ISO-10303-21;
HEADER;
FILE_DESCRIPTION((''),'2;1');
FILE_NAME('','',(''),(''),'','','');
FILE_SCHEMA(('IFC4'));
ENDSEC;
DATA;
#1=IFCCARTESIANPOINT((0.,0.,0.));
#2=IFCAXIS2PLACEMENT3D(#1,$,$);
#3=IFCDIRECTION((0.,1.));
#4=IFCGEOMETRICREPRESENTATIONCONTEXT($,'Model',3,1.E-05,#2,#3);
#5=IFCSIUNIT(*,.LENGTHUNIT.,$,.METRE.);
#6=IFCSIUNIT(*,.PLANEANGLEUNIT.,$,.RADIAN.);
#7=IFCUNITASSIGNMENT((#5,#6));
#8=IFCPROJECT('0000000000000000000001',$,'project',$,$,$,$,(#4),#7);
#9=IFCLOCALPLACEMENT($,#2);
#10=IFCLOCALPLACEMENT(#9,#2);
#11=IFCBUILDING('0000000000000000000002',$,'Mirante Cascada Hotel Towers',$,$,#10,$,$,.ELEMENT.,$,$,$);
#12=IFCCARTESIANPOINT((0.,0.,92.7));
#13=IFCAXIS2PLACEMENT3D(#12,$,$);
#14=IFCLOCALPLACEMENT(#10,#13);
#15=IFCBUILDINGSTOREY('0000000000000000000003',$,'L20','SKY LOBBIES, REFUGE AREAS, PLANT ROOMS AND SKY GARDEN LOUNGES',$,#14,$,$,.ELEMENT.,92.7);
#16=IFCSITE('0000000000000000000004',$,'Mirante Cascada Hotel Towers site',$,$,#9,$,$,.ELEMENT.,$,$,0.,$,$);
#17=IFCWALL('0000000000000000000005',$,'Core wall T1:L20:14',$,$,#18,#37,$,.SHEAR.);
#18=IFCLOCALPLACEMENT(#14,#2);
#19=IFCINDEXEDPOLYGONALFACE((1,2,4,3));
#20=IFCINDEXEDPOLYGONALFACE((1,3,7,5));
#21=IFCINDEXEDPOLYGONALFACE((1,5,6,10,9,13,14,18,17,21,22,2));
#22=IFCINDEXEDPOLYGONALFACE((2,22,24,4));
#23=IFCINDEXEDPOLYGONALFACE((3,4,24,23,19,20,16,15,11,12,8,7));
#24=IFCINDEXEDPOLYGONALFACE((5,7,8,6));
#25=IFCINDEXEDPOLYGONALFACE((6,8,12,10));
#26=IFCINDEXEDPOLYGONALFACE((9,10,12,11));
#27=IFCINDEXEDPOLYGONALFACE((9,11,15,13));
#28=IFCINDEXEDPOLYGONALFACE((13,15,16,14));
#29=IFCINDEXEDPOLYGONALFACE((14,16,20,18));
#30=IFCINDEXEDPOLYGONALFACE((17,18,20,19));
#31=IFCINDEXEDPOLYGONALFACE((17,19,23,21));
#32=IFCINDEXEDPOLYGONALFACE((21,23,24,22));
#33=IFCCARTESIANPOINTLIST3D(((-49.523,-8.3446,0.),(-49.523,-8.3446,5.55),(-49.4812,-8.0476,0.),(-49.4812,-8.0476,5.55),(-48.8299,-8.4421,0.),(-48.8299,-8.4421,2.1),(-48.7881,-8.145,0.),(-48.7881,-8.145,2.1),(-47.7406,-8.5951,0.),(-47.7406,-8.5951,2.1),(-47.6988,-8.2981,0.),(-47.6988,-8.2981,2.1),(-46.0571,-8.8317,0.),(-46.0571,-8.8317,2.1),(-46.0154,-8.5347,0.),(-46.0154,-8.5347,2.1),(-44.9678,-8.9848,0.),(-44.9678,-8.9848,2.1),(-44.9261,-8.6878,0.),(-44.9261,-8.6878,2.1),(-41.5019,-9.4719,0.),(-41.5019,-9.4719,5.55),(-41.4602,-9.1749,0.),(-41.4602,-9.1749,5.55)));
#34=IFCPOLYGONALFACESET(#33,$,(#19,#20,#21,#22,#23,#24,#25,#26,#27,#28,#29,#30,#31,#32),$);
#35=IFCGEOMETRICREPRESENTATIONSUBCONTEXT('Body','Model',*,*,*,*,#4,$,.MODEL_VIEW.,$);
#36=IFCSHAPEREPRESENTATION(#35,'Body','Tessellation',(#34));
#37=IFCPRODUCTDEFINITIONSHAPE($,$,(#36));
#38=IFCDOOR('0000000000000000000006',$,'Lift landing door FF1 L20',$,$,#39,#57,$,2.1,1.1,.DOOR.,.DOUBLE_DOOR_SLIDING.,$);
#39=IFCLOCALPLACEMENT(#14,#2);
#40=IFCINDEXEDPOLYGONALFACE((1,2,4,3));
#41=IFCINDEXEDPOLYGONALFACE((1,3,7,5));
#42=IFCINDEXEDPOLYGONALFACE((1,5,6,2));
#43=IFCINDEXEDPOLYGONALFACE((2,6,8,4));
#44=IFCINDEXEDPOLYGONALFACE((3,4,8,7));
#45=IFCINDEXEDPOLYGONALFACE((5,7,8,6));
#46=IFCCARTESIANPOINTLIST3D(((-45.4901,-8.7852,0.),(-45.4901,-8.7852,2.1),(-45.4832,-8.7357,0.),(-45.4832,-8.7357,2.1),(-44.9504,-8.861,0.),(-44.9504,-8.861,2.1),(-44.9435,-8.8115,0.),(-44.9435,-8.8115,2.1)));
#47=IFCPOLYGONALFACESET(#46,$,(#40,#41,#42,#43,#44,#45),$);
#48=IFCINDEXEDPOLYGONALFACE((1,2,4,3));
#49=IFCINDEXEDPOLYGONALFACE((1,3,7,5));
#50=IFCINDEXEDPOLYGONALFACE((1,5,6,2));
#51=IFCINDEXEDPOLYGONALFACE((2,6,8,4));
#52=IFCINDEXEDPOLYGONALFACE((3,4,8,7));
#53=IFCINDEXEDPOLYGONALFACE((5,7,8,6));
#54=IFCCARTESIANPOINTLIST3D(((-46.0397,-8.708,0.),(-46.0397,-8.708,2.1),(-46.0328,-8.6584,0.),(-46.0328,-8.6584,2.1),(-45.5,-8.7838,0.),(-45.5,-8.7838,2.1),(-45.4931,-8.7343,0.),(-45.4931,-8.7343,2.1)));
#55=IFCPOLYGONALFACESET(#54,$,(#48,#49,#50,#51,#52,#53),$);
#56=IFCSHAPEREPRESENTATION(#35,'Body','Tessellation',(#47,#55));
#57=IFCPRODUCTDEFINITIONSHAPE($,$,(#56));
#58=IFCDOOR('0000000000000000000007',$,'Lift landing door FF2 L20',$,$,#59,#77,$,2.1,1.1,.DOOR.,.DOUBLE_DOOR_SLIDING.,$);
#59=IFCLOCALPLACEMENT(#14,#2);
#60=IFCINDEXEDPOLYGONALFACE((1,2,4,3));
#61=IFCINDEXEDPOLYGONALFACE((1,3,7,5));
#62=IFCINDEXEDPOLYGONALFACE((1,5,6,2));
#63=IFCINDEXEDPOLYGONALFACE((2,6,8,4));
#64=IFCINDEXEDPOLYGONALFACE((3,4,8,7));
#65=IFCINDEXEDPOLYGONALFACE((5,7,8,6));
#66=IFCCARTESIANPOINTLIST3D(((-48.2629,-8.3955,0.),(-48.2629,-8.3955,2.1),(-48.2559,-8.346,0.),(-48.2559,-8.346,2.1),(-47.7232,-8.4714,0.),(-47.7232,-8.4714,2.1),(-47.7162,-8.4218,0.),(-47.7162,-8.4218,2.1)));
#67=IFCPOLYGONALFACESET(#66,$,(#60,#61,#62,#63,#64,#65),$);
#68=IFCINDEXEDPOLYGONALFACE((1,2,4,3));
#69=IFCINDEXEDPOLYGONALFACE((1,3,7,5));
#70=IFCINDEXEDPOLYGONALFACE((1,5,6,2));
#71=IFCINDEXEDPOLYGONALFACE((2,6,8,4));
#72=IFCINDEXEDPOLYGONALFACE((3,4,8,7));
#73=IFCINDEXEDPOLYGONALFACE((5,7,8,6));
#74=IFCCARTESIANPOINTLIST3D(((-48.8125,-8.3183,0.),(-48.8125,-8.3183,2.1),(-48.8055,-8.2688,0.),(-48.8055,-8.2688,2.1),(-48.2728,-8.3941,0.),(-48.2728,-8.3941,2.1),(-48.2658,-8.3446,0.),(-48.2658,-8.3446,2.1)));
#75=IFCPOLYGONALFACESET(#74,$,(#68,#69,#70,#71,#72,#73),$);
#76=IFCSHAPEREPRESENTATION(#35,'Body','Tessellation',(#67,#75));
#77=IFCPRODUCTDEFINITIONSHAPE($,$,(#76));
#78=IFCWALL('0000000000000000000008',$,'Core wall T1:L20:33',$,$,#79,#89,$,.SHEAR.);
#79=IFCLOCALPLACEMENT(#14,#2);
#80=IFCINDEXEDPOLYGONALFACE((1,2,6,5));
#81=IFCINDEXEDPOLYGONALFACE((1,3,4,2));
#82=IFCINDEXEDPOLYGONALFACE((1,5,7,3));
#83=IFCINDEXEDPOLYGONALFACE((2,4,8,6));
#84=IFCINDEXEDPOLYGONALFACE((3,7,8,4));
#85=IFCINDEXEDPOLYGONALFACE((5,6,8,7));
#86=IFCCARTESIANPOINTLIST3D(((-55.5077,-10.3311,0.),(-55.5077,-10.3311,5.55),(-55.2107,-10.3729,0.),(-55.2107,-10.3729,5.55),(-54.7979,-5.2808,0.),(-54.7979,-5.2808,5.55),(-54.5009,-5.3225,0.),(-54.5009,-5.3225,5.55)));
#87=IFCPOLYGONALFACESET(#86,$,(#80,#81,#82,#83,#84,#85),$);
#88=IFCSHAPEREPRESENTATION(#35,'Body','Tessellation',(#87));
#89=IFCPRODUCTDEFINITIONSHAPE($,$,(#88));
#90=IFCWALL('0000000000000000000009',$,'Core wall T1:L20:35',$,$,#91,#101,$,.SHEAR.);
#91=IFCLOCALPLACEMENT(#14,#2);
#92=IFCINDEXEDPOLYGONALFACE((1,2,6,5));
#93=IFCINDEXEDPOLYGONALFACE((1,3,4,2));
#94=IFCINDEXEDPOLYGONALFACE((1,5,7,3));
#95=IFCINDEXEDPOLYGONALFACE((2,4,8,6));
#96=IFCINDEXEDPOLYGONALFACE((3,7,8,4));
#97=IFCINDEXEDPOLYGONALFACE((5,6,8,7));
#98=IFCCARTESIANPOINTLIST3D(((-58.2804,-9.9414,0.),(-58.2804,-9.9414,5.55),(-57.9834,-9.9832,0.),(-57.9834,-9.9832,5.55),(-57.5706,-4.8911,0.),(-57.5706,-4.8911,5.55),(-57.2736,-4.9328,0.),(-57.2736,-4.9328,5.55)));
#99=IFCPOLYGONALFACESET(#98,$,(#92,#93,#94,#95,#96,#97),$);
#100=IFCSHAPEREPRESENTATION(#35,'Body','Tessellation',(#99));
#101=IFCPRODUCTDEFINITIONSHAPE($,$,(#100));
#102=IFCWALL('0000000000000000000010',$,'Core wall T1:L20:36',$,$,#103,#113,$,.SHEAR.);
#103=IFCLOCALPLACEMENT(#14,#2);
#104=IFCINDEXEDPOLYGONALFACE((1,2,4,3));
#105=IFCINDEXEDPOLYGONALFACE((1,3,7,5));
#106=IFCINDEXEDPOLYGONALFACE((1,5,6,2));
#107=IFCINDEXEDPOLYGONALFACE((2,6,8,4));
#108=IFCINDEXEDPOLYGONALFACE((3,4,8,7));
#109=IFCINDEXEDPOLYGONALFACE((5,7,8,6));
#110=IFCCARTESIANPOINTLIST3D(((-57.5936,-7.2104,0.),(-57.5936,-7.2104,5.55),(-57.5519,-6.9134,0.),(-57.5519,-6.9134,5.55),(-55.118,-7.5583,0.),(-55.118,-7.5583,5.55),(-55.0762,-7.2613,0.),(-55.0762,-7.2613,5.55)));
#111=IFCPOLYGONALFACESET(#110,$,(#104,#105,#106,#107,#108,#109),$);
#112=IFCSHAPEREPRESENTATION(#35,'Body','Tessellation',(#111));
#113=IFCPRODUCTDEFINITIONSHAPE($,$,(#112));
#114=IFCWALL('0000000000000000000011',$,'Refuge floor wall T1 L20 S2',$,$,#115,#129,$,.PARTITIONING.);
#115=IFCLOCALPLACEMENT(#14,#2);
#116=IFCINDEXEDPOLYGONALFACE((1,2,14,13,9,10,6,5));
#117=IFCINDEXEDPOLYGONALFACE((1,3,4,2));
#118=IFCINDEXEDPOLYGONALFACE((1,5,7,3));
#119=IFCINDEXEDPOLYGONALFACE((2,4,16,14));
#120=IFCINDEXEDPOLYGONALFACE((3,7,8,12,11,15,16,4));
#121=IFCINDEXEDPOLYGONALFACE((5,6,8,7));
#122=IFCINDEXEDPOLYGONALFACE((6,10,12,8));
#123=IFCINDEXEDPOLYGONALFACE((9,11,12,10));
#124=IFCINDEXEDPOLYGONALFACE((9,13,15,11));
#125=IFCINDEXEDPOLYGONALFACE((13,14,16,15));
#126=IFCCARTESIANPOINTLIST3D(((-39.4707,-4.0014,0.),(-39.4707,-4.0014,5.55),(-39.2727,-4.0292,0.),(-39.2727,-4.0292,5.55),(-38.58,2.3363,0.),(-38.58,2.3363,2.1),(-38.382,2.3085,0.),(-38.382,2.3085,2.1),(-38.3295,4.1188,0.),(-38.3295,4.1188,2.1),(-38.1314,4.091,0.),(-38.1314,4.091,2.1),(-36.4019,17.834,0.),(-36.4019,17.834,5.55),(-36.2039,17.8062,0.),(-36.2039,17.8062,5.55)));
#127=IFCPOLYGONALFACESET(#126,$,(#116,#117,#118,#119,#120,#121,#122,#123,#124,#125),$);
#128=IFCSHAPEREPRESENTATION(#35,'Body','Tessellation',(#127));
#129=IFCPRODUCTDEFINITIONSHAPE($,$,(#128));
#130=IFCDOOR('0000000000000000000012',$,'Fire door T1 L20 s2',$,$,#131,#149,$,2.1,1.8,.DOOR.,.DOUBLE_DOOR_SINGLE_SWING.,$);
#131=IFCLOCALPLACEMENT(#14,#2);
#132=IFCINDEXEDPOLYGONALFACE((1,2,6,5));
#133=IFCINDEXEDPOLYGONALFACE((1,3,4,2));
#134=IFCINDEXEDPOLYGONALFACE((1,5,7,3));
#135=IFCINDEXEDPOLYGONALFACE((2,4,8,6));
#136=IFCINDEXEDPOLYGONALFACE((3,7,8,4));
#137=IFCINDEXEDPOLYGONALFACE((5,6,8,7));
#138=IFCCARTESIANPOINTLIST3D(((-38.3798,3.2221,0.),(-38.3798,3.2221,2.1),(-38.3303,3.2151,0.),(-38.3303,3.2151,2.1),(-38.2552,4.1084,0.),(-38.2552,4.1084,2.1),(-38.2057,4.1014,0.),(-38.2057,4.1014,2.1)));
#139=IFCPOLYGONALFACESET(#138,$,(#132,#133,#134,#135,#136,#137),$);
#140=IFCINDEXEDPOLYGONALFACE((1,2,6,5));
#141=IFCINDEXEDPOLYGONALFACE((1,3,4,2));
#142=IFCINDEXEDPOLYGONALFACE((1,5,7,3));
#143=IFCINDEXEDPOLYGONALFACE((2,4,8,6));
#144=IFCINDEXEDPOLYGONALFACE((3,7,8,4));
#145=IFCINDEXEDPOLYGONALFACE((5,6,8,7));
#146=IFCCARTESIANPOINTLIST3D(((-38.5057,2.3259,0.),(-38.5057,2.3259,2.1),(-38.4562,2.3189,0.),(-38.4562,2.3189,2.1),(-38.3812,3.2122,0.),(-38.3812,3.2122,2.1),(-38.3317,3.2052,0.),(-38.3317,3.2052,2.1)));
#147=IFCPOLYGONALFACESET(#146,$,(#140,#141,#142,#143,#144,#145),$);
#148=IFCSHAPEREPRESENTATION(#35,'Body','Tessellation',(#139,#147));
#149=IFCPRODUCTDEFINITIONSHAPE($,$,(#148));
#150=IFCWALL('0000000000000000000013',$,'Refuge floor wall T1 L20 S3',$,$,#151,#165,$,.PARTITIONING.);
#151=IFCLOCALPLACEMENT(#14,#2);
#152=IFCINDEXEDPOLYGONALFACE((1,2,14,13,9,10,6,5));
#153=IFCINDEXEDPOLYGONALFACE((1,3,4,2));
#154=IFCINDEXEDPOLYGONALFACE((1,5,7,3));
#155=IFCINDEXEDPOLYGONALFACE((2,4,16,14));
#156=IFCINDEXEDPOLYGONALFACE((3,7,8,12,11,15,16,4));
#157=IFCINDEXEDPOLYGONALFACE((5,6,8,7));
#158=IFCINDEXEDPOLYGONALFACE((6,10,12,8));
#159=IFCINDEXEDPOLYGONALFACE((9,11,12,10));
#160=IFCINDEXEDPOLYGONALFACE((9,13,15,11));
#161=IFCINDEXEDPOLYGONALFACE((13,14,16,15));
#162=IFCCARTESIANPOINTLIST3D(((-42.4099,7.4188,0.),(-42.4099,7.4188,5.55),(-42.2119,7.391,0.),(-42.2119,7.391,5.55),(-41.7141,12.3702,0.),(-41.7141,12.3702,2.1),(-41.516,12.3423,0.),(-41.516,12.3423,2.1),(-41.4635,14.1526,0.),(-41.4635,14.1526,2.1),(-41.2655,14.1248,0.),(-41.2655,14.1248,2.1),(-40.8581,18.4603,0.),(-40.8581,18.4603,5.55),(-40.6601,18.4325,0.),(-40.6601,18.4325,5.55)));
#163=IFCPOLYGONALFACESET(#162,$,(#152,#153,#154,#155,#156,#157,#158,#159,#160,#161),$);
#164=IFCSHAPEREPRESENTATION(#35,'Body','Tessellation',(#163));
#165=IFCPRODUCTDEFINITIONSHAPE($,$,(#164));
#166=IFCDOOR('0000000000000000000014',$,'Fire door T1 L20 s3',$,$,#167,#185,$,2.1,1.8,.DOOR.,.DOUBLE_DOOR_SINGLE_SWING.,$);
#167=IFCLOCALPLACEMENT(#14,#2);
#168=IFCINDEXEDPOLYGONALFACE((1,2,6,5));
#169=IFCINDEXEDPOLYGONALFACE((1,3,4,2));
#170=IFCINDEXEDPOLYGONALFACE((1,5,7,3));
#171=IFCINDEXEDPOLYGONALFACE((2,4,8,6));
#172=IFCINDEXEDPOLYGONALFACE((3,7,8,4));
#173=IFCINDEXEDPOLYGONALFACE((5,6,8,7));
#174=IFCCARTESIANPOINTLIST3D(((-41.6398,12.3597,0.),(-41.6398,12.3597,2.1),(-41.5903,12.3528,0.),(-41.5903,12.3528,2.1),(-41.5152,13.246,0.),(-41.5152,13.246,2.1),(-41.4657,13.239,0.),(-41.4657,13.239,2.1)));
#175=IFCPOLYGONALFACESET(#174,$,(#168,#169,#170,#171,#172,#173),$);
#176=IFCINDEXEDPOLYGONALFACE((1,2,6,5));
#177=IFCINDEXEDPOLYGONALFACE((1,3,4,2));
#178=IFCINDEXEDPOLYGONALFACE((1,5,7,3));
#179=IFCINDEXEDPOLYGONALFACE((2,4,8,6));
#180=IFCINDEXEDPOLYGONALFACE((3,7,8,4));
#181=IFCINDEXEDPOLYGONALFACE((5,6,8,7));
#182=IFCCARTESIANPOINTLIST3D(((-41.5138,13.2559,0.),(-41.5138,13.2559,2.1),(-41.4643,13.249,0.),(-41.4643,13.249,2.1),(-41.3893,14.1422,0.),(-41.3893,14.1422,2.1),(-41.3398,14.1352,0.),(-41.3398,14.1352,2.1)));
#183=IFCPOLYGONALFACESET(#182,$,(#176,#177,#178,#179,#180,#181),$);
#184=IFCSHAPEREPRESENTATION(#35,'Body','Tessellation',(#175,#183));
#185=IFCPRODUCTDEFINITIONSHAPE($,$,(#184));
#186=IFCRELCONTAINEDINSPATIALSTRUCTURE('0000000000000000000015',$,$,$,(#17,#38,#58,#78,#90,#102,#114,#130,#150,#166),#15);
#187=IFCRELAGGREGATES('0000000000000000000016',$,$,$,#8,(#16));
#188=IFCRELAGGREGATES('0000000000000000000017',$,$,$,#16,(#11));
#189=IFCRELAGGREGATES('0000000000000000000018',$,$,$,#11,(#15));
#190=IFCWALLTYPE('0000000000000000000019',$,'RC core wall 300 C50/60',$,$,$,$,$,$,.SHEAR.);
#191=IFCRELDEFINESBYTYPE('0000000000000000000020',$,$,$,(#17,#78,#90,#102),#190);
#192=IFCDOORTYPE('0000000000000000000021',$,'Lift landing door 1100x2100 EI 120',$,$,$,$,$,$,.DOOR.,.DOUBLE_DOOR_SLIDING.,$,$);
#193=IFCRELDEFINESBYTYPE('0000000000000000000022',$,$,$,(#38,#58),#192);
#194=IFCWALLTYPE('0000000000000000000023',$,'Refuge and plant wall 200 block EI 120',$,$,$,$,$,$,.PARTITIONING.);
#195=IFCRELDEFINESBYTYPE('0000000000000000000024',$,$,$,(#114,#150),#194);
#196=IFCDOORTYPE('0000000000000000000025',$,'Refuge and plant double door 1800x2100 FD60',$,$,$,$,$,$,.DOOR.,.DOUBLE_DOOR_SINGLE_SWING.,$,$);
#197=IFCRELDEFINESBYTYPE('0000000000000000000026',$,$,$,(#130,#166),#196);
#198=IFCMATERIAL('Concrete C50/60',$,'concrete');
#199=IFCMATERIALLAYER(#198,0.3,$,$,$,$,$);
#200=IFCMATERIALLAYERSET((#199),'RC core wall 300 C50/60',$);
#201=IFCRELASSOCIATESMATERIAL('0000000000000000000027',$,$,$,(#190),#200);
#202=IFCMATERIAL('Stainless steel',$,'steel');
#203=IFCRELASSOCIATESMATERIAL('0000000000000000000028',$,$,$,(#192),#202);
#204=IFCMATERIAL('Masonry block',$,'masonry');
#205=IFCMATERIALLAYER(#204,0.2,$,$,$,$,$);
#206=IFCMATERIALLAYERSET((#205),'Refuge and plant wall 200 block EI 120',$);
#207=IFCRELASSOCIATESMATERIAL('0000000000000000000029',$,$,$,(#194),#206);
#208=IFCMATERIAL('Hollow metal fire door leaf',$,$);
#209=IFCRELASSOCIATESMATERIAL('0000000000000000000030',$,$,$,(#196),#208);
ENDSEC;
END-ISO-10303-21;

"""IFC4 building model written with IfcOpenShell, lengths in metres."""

from ifc_helpers import new_model, si_unit, direction, frame, frame_2d, origin, place, context, subcontext, project, spatial, rectangle, extrude, material, layer, layer_set, type_object, element, fill, save


model = new_model("IFC4")

# Units and contexts
model_context = context("Model", 3, precision=1e-05, world=origin(), true_north=direction((0.0, 1.0)))
body_context = subcontext(model_context, "Body", "Model", "MODEL_VIEW")
ifc_project = project(units=[si_unit("LENGTHUNIT", "METRE"), si_unit("PLANEANGLEUNIT", "RADIAN")], contexts=[model_context])

# Site, building, storey
site_placement = place(None, origin())
site = spatial("IfcSite", under=ifc_project, at=site_placement, Name="Mirante Cascada Hotel Towers site", CompositionType="ELEMENT", RefElevation=0.0)
building_placement = place(site_placement, origin())
building = spatial("IfcBuilding", under=site, at=building_placement, Name="Mirante Cascada Hotel Towers", CompositionType="ELEMENT")
storey_placement = place(building_placement, frame((0.0, 0.0, 92.7)))
storey = spatial("IfcBuildingStorey", under=building, at=storey_placement, Name="L20", Description="SKY LOBBIES, REFUGE AREAS, PLANT ROOMS AND SKY GARDEN LOUNGES", CompositionType="ELEMENT", Elevation=92.7)

# Shared definitions
ifc_material_1 = material(Name="Concrete C50/60", Category="concrete")
ifc_layer_1 = layer(ifc_material_1, 0.3)
ifc_layer_set_1 = layer_set([ifc_layer_1], Name="RC core wall 300 C50/60")
wall_type_1 = type_object("IfcWallType", Name="RC core wall 300 C50/60", PredefinedType="SHEAR", material=ifc_layer_set_1)

# Wall, openings, doors
wall_1_placement = place(storey_placement, frame((-41.481, -9.3234, 0.0), z_axis=(0.0, 0.0, 1.0), x_axis=(-0.990268, 0.139174, 0.0)))
wall_1 = element("IfcWall", 1, at=wall_1_placement, inside=storey, type_object=wall_type_1, Name="Core wall T1:L20:14", PredefinedType="SHEAR", context=body_context, shape_type="SweptSolid", body=[
    extrude(rectangle(XDim=8.0999, YDim=0.3, at=frame_2d((4.05, 0.0))), origin(), (0.0, 0.0, 1.0), 5.55),
])
opening_1_placement = place(wall_1_placement, frame((3.5, 0.0, 0.0)))
opening_1 = element("IfcOpeningElement", 2, at=opening_1_placement, cuts=wall_1, PredefinedType="OPENING", context=body_context, shape_type="SweptSolid", body=[
    extrude(rectangle(XDim=1.1, YDim=2.1, at=frame_2d((0.55, 1.05))), frame((0.0, 0.15, 0.0), z_axis=(0.0, -1.0, 0.0), x_axis=(1.0, 0.0, 0.0)), (0.0, 0.0, 1.0), 0.3),
])
opening_2_placement = place(wall_1_placement, frame((6.3, 0.0, 0.0)))
opening_2 = element("IfcOpeningElement", 3, at=opening_2_placement, cuts=wall_1, PredefinedType="OPENING", context=body_context, shape_type="SweptSolid", body=[
    extrude(rectangle(XDim=1.1, YDim=2.1, at=frame_2d((0.55, 1.05))), frame((0.0, 0.15, 0.0), z_axis=(0.0, -1.0, 0.0), x_axis=(1.0, 0.0, 0.0)), (0.0, 0.0, 1.0), 0.3),
])
ifc_material_2 = material(Name="Stainless steel", Category="steel")
door_type_1 = type_object("IfcDoorType", Name="Lift landing door 1100x2100 EI 120", OperationType="DOUBLE_DOOR_SLIDING", PredefinedType="DOOR", material=ifc_material_2)
door_1_placement = place(opening_1_placement, origin())
door_1 = element("IfcDoor", 4, at=door_1_placement, inside=storey, type_object=door_type_1, Name="Lift landing door FF1 L20", OperationType="DOUBLE_DOOR_SLIDING", OverallHeight=2.1, OverallWidth=1.1, PredefinedType="DOOR", context=body_context, shape_type="SweptSolid", body=[
    extrude(rectangle(XDim=0.545, YDim=2.1, at=frame_2d((0.2725, 1.05))), frame((0.0, 0.025, 0.0), z_axis=(0.0, -1.0, 0.0), x_axis=(1.0, 0.0, 0.0)), (0.0, 0.0, 1.0), 0.05),
    extrude(rectangle(XDim=0.545, YDim=2.1, at=frame_2d((0.8275, 1.05))), frame((0.0, 0.025, 0.0), z_axis=(0.0, -1.0, 0.0), x_axis=(1.0, 0.0, 0.0)), (0.0, 0.0, 1.0), 0.05),
])
fill(opening_1, door_1)
door_2_placement = place(opening_2_placement, origin())
door_2 = element("IfcDoor", 5, at=door_2_placement, inside=storey, type_object=door_type_1, Name="Lift landing door FF2 L20", OperationType="DOUBLE_DOOR_SLIDING", OverallHeight=2.1, OverallWidth=1.1, PredefinedType="DOOR", context=body_context, shape_type="SweptSolid", body=[
    extrude(rectangle(XDim=0.545, YDim=2.1, at=frame_2d((0.2725, 1.05))), frame((0.0, 0.025, 0.0), z_axis=(0.0, -1.0, 0.0), x_axis=(1.0, 0.0, 0.0)), (0.0, 0.0, 1.0), 0.05),
    extrude(rectangle(XDim=0.545, YDim=2.1, at=frame_2d((0.8275, 1.05))), frame((0.0, 0.025, 0.0), z_axis=(0.0, -1.0, 0.0), x_axis=(1.0, 0.0, 0.0)), (0.0, 0.0, 1.0), 0.05),
])
fill(opening_2, door_2)

# Walls
for number, where, z_axis, x_axis, name in (
    (6, (-55.3592, -10.352, 0.0), (0.0, 0.0, 1.0), (0.139176, 0.990268, 0.0), "Core wall T1:L20:33"),
    (7, (-58.1319, -9.9623, 0.0), (0.0, 0.0, 1.0), (0.139176, 0.990268, 0.0), "Core wall T1:L20:35"),
):
    element("IfcWall", number, at=place(storey_placement, frame(where, z_axis=z_axis, x_axis=x_axis)), inside=storey, type_object=wall_type_1, Name=name, PredefinedType="SHEAR", context=body_context, shape_type="SweptSolid", body=[
        extrude(rectangle(XDim=5.1, YDim=0.3, at=frame_2d((2.55, 0.0))), origin(), (0.0, 0.0, 1.0), 5.55),
    ])
wall_2_placement = place(storey_placement, frame((-55.0971, -7.4098, 0.0), z_axis=(0.0, 0.0, 1.0), x_axis=(-0.99027, 0.139159, 0.0)))
element("IfcWall", 8, at=wall_2_placement, inside=storey, type_object=wall_type_1, Name="Core wall T1:L20:36", PredefinedType="SHEAR", context=body_context, shape_type="SweptSolid", body=[
    extrude(rectangle(XDim=2.5, YDim=0.3, at=frame_2d((1.25, 0.0))), origin(), (0.0, 0.0, 1.0), 5.55),
])

# Walls, openings, doors
ifc_material_3 = material(Name="Masonry block", Category="masonry")
ifc_layer_2 = layer(ifc_material_3, 0.2)
ifc_layer_set_2 = layer_set([ifc_layer_2], Name="Refuge and plant wall 200 block EI 120")
wall_type_2 = type_object("IfcWallType", Name="Refuge and plant wall 200 block EI 120", PredefinedType="PARTITIONING", material=ifc_layer_set_2)
wall_3_placement = place(storey_placement, frame((-39.3717, -4.0153, 0.0), z_axis=(0.0, 0.0, 1.0), x_axis=(0.139175, 0.990268, 0.0)))
wall_3 = element("IfcWall", 9, at=wall_3_placement, inside=storey, type_object=wall_type_2, Name="Refuge floor wall T1 L20 S2", PredefinedType="PARTITIONING", context=body_context, shape_type="SweptSolid", body=[
    extrude(rectangle(XDim=22.05, YDim=0.2, at=frame_2d((11.025, 0.0))), origin(), (0.0, 0.0, 1.0), 5.55),
])
opening_3_placement = place(wall_3_placement, frame((6.4, 0.0, 0.0)))
opening_3 = element("IfcOpeningElement", 10, at=opening_3_placement, cuts=wall_3, PredefinedType="OPENING", context=body_context, shape_type="SweptSolid", body=[
    extrude(rectangle(XDim=1.8, YDim=2.1, at=frame_2d((0.9, 1.05))), frame((0.0, 0.1, 0.0), z_axis=(0.0, -1.0, 0.0), x_axis=(1.0, 0.0, 0.0)), (0.0, 0.0, 1.0), 0.2),
])
ifc_material_4 = material(Name="Hollow metal fire door leaf")
door_type_2 = type_object("IfcDoorType", Name="Refuge and plant double door 1800x2100 FD60", OperationType="DOUBLE_DOOR_SINGLE_SWING", PredefinedType="DOOR", material=ifc_material_4)
door_3_placement = place(opening_3_placement, frame((1.8, 0.0, 0.0), z_axis=(0.0, 0.0, 1.0), x_axis=(-1.0, 0.0, 0.0)))
door_3 = element("IfcDoor", 11, at=door_3_placement, inside=storey, type_object=door_type_2, Name="Fire door T1 L20 s2", OperationType="DOUBLE_DOOR_SINGLE_SWING", OverallHeight=2.1, OverallWidth=1.8, PredefinedType="DOOR", context=body_context, shape_type="SweptSolid", body=[
    extrude(rectangle(XDim=0.895, YDim=2.1, at=frame_2d((0.4475, 1.05))), frame((0.0, 0.025, 0.0), z_axis=(0.0, -1.0, 0.0), x_axis=(1.0, 0.0, 0.0)), (0.0, 0.0, 1.0), 0.05),
    extrude(rectangle(XDim=0.895, YDim=2.1, at=frame_2d((1.3525, 1.05))), frame((0.0, 0.025, 0.0), z_axis=(0.0, -1.0, 0.0), x_axis=(1.0, 0.0, 0.0)), (0.0, 0.0, 1.0), 0.05),
])
fill(opening_3, door_3)
wall_4_placement = place(storey_placement, frame((-42.3109, 7.4049, 0.0), z_axis=(0.0, 0.0, 1.0), x_axis=(0.139175, 0.990268, 0.0)))
wall_4 = element("IfcWall", 12, at=wall_4_placement, inside=storey, type_object=wall_type_2, Name="Refuge floor wall T1 L20 S3", PredefinedType="PARTITIONING", context=body_context, shape_type="SweptSolid", body=[
    extrude(rectangle(XDim=11.15, YDim=0.2, at=frame_2d((5.575, 0.0))), origin(), (0.0, 0.0, 1.0), 5.55),
])
opening_4_placement = place(wall_4_placement, frame((5.0, 0.0, 0.0)))
opening_4 = element("IfcOpeningElement", 13, at=opening_4_placement, cuts=wall_4, PredefinedType="OPENING", context=body_context, shape_type="SweptSolid", body=[
    extrude(rectangle(XDim=1.8, YDim=2.1, at=frame_2d((0.9, 1.05))), frame((0.0, 0.1, 0.0), z_axis=(0.0, -1.0, 0.0), x_axis=(1.0, 0.0, 0.0)), (0.0, 0.0, 1.0), 0.2),
])
door_4_placement = place(opening_4_placement, origin())
door_4 = element("IfcDoor", 14, at=door_4_placement, inside=storey, type_object=door_type_2, Name="Fire door T1 L20 s3", OperationType="DOUBLE_DOOR_SINGLE_SWING", OverallHeight=2.1, OverallWidth=1.8, PredefinedType="DOOR", context=body_context, shape_type="SweptSolid", body=[
    extrude(rectangle(XDim=0.895, YDim=2.1, at=frame_2d((0.4475, 1.05))), frame((0.0, 0.025, 0.0), z_axis=(0.0, -1.0, 0.0), x_axis=(1.0, 0.0, 0.0)), (0.0, 0.0, 1.0), 0.05),
    extrude(rectangle(XDim=0.895, YDim=2.1, at=frame_2d((1.3525, 1.05))), frame((0.0, 0.025, 0.0), z_axis=(0.0, -1.0, 0.0), x_axis=(1.0, 0.0, 0.0)), (0.0, 0.0, 1.0), 0.05),
])
fill(opening_4, door_4)

save(model, "model.ifc")
